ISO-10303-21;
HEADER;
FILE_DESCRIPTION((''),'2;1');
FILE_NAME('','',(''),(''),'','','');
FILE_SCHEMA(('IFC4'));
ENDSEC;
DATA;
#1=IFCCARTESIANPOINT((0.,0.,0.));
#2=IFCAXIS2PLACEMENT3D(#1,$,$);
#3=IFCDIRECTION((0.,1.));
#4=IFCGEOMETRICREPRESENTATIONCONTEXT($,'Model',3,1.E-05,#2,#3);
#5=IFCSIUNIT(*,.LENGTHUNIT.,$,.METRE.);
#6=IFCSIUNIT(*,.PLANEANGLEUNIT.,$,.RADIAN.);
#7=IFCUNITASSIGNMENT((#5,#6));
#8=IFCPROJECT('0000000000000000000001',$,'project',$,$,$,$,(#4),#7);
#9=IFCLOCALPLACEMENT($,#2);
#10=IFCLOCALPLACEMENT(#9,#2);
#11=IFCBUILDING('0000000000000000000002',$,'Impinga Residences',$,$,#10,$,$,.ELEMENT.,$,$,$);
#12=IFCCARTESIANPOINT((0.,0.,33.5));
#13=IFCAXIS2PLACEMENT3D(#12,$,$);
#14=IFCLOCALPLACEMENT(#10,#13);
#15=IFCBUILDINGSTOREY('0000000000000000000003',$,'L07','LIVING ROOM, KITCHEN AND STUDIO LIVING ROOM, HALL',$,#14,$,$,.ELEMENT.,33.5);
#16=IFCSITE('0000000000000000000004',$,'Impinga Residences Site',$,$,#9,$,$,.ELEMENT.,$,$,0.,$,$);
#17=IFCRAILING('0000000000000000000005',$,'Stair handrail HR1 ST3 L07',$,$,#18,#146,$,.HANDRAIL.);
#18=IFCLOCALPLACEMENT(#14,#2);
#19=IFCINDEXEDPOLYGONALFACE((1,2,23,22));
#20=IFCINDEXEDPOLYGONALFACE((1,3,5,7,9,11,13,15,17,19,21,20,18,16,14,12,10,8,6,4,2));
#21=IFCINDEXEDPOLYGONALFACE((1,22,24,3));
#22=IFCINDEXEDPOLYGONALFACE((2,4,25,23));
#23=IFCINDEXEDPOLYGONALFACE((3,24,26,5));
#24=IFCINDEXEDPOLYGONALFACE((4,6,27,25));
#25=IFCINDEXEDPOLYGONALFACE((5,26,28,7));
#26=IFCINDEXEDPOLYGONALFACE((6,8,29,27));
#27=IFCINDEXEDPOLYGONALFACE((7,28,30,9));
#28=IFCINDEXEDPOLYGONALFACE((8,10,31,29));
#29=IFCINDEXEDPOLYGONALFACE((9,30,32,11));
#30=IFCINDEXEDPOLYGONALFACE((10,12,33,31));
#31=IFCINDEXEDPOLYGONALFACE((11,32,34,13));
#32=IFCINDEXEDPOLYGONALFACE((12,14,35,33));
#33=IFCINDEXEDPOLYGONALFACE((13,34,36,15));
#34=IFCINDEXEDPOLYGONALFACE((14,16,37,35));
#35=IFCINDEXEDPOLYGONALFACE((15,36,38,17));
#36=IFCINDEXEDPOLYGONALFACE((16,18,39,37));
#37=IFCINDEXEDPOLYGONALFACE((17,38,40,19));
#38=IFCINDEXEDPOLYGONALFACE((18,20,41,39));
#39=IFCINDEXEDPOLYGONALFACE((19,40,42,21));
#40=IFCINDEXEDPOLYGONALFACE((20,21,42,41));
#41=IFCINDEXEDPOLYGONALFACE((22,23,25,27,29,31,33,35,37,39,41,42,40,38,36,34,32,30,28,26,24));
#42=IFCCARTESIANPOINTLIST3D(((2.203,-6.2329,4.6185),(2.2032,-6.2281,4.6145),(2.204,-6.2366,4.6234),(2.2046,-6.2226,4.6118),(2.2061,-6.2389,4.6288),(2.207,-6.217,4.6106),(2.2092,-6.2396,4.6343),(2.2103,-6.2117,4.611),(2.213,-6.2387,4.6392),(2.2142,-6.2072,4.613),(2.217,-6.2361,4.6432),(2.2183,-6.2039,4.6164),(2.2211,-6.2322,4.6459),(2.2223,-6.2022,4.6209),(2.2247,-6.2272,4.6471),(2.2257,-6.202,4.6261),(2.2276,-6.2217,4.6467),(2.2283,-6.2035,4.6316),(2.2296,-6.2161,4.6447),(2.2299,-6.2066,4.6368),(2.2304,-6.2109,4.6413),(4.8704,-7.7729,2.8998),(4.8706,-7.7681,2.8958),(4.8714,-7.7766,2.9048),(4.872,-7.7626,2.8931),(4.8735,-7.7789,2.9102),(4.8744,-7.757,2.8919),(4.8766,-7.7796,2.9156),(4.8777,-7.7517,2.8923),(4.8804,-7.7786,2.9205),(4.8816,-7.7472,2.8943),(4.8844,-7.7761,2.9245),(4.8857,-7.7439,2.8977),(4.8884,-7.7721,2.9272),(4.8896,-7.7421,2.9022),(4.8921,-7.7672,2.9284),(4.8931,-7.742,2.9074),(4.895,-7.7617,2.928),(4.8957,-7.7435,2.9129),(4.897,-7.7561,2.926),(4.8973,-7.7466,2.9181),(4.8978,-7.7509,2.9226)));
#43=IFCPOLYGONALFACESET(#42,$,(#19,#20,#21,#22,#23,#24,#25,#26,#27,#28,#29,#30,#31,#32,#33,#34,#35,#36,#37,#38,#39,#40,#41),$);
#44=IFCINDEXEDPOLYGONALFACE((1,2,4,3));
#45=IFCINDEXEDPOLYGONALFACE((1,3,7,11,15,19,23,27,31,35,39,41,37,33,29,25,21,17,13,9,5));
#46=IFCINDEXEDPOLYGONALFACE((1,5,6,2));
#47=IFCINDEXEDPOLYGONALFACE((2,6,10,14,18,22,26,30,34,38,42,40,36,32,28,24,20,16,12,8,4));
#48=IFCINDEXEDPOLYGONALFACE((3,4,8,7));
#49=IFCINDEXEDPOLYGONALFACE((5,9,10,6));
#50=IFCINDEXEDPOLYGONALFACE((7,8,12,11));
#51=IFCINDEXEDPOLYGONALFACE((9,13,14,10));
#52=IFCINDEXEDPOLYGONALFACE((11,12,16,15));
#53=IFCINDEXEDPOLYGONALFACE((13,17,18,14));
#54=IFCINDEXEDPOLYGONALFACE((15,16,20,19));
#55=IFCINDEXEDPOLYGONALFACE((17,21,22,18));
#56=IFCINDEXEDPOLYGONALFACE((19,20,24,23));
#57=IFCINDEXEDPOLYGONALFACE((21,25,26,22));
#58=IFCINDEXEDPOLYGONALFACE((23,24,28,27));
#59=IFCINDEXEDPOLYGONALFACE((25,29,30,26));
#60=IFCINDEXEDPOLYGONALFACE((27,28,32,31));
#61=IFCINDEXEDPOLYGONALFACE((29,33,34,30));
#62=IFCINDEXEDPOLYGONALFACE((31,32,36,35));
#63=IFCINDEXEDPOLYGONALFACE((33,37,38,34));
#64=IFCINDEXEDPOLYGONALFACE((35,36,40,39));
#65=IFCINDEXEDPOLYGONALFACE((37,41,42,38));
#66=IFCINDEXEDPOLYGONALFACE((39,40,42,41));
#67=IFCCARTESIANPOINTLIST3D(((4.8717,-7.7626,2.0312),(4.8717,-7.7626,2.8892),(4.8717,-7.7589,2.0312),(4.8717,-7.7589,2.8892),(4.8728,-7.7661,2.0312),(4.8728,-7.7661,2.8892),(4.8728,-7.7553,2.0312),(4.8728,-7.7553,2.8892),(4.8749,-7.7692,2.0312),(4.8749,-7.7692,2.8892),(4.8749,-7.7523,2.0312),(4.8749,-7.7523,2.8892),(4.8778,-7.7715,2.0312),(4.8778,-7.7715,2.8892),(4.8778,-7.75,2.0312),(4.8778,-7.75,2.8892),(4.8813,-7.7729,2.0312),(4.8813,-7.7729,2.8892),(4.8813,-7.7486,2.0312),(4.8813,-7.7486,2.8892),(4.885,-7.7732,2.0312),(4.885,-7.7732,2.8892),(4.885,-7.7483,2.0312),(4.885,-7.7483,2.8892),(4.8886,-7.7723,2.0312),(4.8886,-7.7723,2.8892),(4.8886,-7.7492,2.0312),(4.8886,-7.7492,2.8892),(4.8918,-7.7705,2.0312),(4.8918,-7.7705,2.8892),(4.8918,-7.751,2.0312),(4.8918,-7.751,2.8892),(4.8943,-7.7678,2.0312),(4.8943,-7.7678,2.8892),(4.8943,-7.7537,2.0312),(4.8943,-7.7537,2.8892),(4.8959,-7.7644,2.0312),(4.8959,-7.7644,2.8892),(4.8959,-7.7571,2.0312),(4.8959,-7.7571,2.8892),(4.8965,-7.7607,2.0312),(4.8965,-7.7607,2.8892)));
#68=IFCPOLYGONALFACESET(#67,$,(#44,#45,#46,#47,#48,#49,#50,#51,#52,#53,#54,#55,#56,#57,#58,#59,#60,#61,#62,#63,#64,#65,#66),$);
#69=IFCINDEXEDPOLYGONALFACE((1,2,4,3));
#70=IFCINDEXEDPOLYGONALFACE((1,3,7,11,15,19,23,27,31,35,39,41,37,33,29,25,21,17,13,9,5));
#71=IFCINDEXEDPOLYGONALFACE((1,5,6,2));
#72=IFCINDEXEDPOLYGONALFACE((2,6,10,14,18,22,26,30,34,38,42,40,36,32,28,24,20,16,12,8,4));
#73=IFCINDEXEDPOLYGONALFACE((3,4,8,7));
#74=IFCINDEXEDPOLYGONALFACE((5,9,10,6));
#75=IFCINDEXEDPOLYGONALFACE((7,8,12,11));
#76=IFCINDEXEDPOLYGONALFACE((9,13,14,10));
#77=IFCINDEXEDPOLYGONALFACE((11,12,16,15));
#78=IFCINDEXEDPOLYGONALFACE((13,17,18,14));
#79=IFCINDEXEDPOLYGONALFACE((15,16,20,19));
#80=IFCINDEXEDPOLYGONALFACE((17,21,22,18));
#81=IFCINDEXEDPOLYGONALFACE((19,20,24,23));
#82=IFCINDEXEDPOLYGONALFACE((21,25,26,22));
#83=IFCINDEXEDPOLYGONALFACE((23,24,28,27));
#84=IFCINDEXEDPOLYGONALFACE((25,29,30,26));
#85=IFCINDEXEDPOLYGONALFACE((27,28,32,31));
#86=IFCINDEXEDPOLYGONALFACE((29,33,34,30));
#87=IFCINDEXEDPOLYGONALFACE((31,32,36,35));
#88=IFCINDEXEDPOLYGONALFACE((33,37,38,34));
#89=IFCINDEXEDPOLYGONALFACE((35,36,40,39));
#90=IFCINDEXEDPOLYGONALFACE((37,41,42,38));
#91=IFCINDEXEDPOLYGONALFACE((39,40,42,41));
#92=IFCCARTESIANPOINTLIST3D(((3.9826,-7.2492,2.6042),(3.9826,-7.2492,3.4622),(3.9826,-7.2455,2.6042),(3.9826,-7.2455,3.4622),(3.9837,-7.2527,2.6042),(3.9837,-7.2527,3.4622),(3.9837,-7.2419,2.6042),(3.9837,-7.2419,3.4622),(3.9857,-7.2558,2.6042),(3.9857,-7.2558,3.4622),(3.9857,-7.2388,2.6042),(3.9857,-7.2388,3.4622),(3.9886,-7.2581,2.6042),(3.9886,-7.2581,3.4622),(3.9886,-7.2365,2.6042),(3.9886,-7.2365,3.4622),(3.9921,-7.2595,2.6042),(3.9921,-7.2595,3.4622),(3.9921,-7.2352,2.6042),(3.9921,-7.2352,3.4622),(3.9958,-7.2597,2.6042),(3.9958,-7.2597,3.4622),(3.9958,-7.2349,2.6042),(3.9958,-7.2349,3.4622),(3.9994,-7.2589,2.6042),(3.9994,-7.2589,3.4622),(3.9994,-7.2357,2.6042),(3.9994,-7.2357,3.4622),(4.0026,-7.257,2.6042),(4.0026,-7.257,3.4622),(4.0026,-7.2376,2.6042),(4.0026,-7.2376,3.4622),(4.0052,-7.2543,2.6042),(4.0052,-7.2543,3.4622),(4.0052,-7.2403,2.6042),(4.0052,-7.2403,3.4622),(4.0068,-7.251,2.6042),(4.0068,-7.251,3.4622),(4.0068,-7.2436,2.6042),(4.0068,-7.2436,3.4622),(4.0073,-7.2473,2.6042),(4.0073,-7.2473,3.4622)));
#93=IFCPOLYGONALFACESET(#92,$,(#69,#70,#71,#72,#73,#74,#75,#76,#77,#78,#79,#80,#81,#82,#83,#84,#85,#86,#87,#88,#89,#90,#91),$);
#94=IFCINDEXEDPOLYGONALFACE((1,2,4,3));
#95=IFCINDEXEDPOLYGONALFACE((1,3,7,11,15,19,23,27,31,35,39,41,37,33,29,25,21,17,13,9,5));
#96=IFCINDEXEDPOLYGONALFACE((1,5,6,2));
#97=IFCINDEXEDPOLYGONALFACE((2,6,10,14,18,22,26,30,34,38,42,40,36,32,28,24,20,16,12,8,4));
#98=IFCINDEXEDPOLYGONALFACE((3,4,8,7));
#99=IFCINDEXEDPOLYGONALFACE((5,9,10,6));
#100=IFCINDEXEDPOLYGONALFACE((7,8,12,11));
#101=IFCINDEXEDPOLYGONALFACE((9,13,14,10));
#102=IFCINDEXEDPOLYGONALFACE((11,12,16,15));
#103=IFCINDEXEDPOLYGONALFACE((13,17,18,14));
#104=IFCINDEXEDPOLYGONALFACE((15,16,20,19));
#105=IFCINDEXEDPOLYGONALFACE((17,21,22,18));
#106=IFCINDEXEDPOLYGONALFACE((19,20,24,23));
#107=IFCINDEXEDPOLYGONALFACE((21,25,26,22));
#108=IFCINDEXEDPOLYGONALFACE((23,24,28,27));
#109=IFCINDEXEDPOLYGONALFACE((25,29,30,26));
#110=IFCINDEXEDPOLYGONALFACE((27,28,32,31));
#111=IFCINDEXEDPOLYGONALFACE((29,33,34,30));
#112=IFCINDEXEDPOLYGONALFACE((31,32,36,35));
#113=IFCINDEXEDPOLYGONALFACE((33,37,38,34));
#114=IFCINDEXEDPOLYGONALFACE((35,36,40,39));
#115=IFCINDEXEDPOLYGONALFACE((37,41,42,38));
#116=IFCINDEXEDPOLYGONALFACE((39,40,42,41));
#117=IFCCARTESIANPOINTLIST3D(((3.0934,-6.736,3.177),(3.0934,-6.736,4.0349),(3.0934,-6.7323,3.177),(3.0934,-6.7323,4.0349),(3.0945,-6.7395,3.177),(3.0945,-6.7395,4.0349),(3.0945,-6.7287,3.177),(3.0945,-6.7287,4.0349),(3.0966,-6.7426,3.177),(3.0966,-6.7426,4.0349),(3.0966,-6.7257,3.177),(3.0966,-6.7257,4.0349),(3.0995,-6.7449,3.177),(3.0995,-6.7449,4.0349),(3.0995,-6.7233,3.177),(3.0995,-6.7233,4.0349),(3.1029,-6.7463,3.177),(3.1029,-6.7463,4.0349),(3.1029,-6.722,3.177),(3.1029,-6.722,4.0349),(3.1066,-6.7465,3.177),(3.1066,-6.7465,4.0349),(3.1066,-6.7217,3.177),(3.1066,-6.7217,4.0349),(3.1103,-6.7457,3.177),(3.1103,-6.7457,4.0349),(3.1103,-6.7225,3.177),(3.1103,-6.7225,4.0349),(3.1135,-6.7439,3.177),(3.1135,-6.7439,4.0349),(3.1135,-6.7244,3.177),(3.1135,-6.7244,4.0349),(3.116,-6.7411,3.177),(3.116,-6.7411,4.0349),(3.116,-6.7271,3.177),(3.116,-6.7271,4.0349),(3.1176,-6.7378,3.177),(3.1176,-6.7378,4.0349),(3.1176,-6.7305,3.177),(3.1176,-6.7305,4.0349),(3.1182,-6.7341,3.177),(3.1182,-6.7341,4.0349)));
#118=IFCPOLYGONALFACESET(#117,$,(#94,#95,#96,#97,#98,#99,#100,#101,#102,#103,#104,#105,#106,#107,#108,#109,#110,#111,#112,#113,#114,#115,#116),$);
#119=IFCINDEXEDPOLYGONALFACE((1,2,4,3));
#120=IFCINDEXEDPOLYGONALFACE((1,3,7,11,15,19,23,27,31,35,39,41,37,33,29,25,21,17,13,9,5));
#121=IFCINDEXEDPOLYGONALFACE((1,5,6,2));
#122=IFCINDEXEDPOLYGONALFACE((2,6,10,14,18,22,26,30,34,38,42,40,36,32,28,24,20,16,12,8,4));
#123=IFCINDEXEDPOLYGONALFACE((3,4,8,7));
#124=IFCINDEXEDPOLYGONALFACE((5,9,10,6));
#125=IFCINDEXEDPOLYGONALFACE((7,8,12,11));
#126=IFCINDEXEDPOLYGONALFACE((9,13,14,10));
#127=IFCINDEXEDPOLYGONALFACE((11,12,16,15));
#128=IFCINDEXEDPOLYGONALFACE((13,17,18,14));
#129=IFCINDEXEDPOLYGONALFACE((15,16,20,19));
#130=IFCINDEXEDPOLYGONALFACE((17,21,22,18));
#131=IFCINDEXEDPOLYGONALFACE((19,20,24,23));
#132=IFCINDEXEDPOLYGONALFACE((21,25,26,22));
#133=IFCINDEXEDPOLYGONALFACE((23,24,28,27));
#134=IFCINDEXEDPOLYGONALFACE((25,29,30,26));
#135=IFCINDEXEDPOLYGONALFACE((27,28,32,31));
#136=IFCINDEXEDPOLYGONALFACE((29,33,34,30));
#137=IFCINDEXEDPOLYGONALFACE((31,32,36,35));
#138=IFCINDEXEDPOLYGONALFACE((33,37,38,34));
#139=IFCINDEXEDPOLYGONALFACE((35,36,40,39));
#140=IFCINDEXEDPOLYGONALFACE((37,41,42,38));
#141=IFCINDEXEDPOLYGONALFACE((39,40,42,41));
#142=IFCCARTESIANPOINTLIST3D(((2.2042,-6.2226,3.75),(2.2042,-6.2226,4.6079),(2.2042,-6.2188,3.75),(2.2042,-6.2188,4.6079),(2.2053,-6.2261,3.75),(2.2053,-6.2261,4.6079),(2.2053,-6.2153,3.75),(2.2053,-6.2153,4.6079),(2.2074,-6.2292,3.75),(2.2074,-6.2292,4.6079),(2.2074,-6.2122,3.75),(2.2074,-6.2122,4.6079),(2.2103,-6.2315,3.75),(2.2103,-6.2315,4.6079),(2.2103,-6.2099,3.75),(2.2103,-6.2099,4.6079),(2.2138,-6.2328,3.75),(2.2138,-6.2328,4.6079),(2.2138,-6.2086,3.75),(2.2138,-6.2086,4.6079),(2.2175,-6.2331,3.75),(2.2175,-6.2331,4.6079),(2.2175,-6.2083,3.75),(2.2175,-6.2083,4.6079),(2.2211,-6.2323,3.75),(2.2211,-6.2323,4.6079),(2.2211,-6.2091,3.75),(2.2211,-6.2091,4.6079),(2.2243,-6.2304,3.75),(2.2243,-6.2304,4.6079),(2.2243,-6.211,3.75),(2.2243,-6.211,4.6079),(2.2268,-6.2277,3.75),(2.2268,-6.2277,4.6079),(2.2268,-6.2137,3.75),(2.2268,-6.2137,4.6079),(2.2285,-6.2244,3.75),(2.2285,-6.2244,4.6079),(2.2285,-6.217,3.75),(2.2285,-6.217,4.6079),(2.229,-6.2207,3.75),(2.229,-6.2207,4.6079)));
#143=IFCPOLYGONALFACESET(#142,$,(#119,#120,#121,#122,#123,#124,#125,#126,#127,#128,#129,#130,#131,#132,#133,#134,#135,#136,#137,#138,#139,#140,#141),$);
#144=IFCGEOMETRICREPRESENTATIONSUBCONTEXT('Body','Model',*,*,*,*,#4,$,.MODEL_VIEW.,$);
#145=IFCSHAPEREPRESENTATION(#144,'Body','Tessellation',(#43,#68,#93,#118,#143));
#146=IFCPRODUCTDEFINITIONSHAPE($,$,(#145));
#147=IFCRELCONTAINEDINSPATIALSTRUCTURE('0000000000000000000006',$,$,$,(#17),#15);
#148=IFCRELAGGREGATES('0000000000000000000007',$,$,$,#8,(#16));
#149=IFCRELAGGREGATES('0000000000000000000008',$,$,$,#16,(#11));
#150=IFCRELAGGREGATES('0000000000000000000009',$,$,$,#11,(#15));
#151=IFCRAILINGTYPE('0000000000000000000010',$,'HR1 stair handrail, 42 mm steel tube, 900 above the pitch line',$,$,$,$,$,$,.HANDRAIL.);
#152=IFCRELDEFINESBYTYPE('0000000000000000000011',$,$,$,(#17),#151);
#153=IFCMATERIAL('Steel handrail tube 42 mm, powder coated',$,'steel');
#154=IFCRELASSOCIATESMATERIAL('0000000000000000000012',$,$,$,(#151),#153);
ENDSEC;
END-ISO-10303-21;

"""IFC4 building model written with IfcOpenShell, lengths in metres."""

from ifc_helpers import new_model, si_unit, direction, frame, origin, origin_2d, place, context, subcontext, project, spatial, circle, extrude, material, type_object, element, save


model = new_model("IFC4")

# Units and contexts
model_context = context("Model", 3, precision=1e-05, world=origin(), true_north=direction((0.0, 1.0)))
body_context = subcontext(model_context, "Body", "Model", "MODEL_VIEW")
ifc_project = project(units=[si_unit("LENGTHUNIT", "METRE"), si_unit("PLANEANGLEUNIT", "RADIAN")], contexts=[model_context])

# Site, building, storey
site_placement = place(None, origin())
site = spatial("IfcSite", under=ifc_project, at=site_placement, Name="Impinga Residences Site", CompositionType="ELEMENT", RefElevation=0.0)
building_placement = place(site_placement, origin())
building = spatial("IfcBuilding", under=site, at=building_placement, Name="Impinga Residences", CompositionType="ELEMENT")
storey_placement = place(building_placement, frame((0.0, 0.0, 33.5)))
storey = spatial("IfcBuildingStorey", under=building, at=storey_placement, Name="L07", Description="LIVING ROOM, KITCHEN AND STUDIO LIVING ROOM, HALL", CompositionType="ELEMENT", Elevation=33.5)

# Railing
ifc_material_1 = material(Name="Steel handrail tube 42 mm, powder coated", Category="steel")
railing_type_1 = type_object("IfcRailingType", Name="HR1 stair handrail, 42 mm steel tube, 900 above the pitch line", PredefinedType="HANDRAIL", material=ifc_material_1)
railing_1_placement = place(storey_placement, frame((4.884, -7.7607, 2.0312)))
element("IfcRailing", 1, at=railing_1_placement, inside=storey, type_object=railing_type_1, Name="Stair handrail HR1 ST3 L07", PredefinedType="HANDRAIL", context=body_context, shape_type="SweptSolid", body=[
    extrude(circle(Radius=0.021, at=origin_2d()), frame((0.0, 0.0, 0.8789), z_axis=(-0.756256, 0.436616, 0.487282), x_axis=(-0.499992, -0.86603, 0.0)), (0.0, 0.0, 1.0), 3.5271),
    extrude(circle(Radius=0.0125, at=origin_2d()), origin(), (0.0, 0.0, 1.0), 0.8579),
    extrude(circle(Radius=0.0125, at=origin_2d()), frame((-0.8892, 0.5134, 0.573)), (0.0, 0.0, 1.0), 0.8579),
    extrude(circle(Radius=0.0125, at=origin_2d()), frame((-1.7783, 1.0266, 1.1458)), (0.0, 0.0, 1.0), 0.8579),
    extrude(circle(Radius=0.0125, at=origin_2d()), frame((-2.6675, 1.54, 1.7188)), (0.0, 0.0, 1.0), 0.8579),
])

save(model, "model.ifc")
